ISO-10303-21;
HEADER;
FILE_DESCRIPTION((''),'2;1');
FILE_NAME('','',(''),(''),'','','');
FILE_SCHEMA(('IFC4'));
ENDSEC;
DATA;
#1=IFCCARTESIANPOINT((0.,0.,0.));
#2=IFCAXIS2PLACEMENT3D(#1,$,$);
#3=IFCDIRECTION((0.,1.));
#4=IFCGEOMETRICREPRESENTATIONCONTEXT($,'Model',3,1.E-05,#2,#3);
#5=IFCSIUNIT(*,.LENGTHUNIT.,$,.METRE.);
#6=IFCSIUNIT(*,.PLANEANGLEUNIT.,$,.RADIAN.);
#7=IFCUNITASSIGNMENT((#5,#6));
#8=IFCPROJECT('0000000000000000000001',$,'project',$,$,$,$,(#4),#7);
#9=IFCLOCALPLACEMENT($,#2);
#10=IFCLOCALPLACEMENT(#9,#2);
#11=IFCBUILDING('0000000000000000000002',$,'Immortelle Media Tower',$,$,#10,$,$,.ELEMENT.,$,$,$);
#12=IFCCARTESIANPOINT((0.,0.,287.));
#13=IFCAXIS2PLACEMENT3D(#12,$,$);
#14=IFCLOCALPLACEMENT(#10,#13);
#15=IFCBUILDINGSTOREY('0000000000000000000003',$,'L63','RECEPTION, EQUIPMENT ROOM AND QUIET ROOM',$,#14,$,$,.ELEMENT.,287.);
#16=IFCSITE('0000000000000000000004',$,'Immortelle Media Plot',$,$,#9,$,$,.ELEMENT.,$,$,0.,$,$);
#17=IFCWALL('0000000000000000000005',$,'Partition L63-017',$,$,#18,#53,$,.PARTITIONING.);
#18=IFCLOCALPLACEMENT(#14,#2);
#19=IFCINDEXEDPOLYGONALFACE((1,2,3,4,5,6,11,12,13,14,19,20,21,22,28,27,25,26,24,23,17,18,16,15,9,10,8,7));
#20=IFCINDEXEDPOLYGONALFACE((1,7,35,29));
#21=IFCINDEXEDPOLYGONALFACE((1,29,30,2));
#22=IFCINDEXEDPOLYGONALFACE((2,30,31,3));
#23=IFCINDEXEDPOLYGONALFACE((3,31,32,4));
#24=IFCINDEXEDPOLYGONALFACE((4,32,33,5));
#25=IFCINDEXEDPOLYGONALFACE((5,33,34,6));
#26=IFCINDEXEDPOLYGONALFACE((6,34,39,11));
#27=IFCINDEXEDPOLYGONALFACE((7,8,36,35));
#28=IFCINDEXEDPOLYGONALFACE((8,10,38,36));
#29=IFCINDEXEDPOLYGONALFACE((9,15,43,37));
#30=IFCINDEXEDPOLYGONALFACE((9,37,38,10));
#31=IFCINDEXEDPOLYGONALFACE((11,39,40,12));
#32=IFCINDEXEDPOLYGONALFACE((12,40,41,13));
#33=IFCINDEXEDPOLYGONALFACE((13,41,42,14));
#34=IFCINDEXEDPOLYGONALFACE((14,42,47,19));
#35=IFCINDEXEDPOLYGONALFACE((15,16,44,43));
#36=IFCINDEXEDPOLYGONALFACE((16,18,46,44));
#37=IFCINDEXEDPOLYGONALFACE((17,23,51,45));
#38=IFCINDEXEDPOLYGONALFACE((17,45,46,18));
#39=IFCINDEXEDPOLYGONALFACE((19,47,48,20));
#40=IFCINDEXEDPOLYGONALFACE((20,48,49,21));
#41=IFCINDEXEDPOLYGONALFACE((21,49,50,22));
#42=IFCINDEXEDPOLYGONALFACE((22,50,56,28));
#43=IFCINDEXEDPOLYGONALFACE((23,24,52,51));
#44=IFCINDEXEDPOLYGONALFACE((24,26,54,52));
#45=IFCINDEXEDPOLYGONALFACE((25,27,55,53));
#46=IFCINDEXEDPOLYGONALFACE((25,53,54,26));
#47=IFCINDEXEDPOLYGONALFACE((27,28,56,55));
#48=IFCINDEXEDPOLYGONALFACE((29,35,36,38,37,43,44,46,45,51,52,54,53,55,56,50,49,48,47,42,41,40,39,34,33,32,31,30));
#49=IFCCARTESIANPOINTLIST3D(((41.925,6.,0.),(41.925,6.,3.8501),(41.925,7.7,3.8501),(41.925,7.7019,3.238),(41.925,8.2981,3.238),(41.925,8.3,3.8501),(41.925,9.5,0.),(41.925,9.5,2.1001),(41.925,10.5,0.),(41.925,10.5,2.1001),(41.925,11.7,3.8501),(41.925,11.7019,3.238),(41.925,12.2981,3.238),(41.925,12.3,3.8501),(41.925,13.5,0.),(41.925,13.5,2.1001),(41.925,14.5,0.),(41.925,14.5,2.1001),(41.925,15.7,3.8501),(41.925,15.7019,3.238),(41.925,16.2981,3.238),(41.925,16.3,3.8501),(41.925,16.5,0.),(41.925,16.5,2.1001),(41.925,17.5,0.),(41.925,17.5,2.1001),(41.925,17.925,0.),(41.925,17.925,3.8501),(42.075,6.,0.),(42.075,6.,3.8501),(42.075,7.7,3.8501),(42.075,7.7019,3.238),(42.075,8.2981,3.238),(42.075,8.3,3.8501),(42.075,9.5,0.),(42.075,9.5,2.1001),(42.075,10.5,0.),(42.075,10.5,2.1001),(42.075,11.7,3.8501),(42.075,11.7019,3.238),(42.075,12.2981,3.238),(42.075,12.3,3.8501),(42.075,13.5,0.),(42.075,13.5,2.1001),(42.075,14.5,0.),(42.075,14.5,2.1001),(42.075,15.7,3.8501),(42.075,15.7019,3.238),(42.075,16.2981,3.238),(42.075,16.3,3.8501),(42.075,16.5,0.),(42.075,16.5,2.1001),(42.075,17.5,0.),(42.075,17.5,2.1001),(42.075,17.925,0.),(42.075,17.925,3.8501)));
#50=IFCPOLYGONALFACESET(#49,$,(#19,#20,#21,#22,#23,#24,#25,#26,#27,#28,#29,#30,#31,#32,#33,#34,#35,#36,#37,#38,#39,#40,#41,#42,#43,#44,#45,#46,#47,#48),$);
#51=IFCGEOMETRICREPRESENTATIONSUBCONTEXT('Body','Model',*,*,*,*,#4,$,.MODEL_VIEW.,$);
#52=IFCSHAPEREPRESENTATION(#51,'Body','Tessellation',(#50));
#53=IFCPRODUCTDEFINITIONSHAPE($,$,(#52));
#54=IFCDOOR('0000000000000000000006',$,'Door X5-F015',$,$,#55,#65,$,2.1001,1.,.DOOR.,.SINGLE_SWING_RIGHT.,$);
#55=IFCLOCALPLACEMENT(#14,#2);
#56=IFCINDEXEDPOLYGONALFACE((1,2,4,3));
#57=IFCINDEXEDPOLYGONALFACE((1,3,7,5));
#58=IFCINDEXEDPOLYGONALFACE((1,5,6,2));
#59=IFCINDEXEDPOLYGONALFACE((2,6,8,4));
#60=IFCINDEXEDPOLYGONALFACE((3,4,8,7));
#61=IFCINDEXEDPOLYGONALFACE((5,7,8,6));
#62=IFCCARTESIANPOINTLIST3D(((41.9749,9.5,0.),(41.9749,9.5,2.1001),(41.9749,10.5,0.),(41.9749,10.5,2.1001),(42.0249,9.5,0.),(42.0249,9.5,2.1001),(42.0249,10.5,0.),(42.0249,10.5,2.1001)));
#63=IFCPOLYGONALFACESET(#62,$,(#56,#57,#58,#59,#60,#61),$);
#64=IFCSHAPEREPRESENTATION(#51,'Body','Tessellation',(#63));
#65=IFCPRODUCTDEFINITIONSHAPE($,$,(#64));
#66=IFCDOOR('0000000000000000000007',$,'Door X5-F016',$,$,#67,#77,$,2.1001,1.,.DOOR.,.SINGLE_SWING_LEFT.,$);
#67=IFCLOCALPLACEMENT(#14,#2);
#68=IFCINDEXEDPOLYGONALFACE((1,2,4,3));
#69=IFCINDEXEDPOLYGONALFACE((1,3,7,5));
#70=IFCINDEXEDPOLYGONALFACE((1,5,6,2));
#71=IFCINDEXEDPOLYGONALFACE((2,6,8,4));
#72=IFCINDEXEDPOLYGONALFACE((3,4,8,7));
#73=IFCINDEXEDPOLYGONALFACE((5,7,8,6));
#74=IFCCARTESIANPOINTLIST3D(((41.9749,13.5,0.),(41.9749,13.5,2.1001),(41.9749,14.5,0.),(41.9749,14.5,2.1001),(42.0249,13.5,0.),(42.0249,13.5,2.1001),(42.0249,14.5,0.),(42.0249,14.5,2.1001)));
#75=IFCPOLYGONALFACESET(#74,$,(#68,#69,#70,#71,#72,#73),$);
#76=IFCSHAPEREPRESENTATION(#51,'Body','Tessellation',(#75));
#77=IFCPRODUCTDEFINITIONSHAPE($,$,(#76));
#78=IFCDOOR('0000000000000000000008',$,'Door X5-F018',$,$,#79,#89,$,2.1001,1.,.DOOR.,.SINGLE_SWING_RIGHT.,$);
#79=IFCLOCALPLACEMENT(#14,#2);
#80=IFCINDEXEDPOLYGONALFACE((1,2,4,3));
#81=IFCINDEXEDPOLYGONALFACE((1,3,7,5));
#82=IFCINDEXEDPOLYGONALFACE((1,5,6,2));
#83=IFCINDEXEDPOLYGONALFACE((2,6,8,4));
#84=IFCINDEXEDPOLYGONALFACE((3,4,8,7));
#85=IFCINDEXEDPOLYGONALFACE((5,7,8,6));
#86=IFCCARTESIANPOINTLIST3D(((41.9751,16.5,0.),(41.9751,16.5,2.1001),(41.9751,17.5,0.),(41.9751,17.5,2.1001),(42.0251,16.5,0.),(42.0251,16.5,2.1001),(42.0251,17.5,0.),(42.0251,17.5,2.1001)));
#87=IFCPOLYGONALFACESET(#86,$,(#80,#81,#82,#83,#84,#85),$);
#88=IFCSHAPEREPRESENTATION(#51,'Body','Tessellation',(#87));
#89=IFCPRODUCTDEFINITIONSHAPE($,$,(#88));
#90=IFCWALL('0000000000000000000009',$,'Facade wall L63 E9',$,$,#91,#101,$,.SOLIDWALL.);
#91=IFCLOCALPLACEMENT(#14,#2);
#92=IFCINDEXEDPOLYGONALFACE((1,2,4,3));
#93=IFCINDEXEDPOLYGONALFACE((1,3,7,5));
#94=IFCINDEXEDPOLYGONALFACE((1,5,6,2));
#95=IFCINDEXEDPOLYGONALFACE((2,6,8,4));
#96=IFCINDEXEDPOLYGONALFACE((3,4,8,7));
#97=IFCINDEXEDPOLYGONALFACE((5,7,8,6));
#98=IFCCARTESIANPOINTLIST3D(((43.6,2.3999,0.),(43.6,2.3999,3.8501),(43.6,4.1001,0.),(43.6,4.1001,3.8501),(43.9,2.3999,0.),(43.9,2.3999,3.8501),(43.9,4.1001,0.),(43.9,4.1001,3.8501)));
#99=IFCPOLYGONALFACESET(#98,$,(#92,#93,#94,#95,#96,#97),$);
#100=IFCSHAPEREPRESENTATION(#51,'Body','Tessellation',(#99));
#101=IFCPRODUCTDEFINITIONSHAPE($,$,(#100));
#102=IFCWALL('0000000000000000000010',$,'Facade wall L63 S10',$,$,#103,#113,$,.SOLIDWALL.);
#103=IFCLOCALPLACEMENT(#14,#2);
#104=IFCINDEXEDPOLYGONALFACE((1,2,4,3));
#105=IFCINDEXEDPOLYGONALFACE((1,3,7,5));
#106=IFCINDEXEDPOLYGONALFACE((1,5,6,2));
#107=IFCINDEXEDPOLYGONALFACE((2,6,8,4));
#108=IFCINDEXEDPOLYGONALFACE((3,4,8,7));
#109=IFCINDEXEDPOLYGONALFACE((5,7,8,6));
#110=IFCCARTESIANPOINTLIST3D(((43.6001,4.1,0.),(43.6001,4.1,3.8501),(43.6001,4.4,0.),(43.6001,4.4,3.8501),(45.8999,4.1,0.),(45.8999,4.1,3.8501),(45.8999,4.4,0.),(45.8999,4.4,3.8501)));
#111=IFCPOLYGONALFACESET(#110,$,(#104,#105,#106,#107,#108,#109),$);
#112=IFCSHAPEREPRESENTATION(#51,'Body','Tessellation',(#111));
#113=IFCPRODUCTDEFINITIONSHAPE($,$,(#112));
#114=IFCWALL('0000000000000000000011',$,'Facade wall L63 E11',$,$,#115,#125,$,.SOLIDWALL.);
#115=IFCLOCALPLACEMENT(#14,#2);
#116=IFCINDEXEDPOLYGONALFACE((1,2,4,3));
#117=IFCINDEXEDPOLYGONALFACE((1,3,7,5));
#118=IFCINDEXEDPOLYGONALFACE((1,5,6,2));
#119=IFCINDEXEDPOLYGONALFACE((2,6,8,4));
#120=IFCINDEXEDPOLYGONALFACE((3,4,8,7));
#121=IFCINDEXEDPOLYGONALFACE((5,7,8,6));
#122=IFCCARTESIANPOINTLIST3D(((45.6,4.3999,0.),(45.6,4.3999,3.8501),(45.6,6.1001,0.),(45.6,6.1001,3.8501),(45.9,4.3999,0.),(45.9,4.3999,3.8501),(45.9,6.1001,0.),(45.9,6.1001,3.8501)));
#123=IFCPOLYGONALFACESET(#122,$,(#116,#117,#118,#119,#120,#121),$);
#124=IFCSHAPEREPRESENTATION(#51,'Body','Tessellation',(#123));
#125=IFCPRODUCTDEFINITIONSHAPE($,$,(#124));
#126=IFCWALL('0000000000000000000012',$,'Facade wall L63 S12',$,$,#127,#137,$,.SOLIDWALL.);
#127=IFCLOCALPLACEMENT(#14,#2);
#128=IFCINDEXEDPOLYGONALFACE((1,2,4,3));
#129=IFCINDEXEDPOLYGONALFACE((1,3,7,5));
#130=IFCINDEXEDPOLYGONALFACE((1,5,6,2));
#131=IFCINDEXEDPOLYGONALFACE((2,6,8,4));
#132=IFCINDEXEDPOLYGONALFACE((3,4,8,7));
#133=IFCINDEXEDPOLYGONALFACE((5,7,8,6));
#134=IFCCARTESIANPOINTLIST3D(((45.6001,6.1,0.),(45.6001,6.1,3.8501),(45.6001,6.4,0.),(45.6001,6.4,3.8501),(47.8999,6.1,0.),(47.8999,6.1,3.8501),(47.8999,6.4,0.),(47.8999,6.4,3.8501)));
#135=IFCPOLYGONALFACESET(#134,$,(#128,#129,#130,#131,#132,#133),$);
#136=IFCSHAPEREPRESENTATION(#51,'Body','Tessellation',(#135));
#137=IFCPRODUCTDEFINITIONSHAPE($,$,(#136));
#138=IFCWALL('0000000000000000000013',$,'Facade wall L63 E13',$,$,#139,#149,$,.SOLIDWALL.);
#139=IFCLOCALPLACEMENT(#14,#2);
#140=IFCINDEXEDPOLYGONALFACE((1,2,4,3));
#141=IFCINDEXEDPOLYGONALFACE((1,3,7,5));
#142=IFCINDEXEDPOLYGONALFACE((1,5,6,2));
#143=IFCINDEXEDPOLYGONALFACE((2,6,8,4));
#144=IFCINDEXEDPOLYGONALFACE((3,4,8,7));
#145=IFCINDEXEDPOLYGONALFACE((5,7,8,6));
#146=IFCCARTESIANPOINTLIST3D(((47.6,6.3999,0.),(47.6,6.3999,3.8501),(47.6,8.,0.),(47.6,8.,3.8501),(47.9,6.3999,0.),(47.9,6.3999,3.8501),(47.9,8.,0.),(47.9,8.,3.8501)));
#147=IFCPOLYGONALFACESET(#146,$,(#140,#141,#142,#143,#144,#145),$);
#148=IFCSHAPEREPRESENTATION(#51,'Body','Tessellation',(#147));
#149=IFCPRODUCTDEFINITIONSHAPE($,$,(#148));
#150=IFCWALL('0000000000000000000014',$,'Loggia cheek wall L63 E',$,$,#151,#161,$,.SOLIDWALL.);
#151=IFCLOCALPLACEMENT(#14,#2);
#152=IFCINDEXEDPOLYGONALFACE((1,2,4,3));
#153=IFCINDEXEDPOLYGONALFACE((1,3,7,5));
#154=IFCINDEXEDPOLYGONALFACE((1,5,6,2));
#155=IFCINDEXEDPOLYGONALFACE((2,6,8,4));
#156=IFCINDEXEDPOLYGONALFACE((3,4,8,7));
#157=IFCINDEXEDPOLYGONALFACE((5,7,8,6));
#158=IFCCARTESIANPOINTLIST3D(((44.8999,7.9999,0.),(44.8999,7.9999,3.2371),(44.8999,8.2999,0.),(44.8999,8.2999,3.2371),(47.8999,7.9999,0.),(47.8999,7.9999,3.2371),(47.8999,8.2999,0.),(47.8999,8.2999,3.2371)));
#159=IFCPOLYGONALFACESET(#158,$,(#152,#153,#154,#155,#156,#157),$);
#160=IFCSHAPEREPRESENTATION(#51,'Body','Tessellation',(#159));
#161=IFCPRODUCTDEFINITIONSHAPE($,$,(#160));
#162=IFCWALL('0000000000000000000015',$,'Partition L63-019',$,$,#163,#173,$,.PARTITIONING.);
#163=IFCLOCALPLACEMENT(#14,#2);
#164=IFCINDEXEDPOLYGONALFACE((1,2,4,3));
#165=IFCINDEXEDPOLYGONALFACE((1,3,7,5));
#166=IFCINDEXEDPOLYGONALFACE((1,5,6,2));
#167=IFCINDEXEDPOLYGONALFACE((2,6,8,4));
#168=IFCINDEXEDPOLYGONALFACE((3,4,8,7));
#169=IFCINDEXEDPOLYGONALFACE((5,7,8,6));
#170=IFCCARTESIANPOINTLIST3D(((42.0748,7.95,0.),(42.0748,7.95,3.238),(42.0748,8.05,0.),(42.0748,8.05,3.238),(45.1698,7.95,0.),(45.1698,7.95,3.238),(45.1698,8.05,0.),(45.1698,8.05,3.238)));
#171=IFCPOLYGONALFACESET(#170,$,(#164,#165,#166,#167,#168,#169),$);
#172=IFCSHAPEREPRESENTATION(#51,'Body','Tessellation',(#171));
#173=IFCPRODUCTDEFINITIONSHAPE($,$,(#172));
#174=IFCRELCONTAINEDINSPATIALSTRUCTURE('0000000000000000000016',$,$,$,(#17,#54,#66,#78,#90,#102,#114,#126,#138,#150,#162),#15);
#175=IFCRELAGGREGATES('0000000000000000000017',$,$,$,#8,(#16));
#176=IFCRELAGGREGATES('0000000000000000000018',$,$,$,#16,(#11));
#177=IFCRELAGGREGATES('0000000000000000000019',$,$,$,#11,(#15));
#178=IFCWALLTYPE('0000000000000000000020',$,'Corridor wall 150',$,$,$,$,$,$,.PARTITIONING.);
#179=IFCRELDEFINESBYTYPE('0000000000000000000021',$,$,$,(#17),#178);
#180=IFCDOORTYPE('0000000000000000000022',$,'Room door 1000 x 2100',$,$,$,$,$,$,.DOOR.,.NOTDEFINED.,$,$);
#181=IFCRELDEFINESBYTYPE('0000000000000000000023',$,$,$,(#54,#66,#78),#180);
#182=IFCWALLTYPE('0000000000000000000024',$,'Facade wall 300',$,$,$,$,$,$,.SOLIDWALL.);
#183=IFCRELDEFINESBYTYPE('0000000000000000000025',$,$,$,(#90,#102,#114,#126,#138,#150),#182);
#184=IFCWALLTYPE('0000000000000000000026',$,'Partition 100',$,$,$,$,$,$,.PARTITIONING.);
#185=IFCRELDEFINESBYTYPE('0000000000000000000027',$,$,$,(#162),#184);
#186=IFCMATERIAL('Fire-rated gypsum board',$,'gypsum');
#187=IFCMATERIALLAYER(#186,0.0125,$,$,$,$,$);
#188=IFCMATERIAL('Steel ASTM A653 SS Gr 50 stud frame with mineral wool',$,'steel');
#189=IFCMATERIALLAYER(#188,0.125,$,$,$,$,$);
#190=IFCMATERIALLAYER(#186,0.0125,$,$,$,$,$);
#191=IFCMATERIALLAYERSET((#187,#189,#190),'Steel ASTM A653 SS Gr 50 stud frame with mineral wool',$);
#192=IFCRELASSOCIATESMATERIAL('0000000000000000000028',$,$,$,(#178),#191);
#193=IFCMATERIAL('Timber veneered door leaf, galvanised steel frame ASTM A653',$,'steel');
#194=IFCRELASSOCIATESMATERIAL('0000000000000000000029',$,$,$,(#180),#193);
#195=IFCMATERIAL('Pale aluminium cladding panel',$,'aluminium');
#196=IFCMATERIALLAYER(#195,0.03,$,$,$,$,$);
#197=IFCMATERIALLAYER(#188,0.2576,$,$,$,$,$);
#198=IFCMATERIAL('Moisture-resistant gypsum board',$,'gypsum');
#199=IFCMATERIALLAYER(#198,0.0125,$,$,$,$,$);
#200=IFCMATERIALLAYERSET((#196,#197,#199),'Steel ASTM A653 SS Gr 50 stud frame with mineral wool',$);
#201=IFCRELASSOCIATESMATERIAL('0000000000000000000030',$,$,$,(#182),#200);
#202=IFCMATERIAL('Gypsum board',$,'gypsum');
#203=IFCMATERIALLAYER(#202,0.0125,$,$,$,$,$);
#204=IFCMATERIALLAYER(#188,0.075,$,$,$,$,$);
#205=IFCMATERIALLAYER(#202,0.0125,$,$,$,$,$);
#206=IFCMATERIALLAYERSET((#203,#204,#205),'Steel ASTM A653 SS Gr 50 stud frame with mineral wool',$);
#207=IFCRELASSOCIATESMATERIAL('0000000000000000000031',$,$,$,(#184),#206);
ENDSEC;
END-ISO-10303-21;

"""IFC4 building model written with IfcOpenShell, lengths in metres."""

from ifc_helpers import new_model, si_unit, direction, frame, frame_2d, origin, place, context, subcontext, project, spatial, polyline, rectangle, outline, extrude, material, layer, layer_set, type_object, element, fill, save


model = new_model("IFC4")

# Units and contexts
model_context = context("Model", 3, precision=1e-05, world=origin(), true_north=direction((0.0, 1.0)))
body_context = subcontext(model_context, "Body", "Model", "MODEL_VIEW")
ifc_project = project(units=[si_unit("LENGTHUNIT", "METRE"), si_unit("PLANEANGLEUNIT", "RADIAN")], contexts=[model_context])

# Site, building, storey
site_placement = place(None, origin())
site = spatial("IfcSite", under=ifc_project, at=site_placement, Name="Immortelle Media Plot", CompositionType="ELEMENT", RefElevation=0.0)
building_placement = place(site_placement, origin())
building = spatial("IfcBuilding", under=site, at=building_placement, Name="Immortelle Media Tower", CompositionType="ELEMENT")
storey_placement = place(building_placement, frame((0.0, 0.0, 287.0)))
storey = spatial("IfcBuildingStorey", under=building, at=storey_placement, Name="L63", Description="RECEPTION, EQUIPMENT ROOM AND QUIET ROOM", CompositionType="ELEMENT", Elevation=287.0)

# Wall, openings, doors
ifc_material_1 = material(Name="Fire-rated gypsum board", Category="gypsum")
ifc_layer_1 = layer(ifc_material_1, 0.0125)
ifc_material_2 = material(Name="Steel ASTM A653 SS Gr 50 stud frame with mineral wool", Category="steel")
ifc_layer_2 = layer(ifc_material_2, 0.125)
ifc_layer_3 = layer(ifc_material_1, 0.0125)
ifc_layer_set_1 = layer_set([ifc_layer_1, ifc_layer_2, ifc_layer_3], Name="Steel ASTM A653 SS Gr 50 stud frame with mineral wool")
wall_type_1 = type_object("IfcWallType", Name="Corridor wall 150", PredefinedType="PARTITIONING", material=ifc_layer_set_1)
wall_1_placement = place(storey_placement, frame((42.0, 6.0, 0.0), z_axis=(0.0, 0.0, 1.0), x_axis=(0.0, 1.0, 0.0)))
wall_1 = element("IfcWall", 1, at=wall_1_placement, inside=storey, type_object=wall_type_1, Name="Partition L63-017", PredefinedType="PARTITIONING", context=body_context, shape_type="SweptSolid", body=[
    extrude(outline(polyline([(0.0, 0.0), (11.925, 0.0), (11.925, 3.8501), (10.3, 3.8501), (10.2981, 3.238), (9.7019, 3.238), (9.7, 3.8501), (6.3, 3.8501), (6.2981, 3.238), (5.7019, 3.238), (5.7, 3.8501), (2.3, 3.8501), (2.2981, 3.238), (1.7019, 3.238), (1.7, 3.8501), (0.0, 3.8501), (0.0, 0.0)])), frame((0.0, 0.075, 0.0), z_axis=(0.0, -1.0, 0.0), x_axis=(1.0, 0.0, 0.0)), (0.0, 0.0, 1.0), 0.1499),
])
opening_1_placement = place(wall_1_placement, frame((4.5, 0.0, 0.0), z_axis=(0.0, 0.0, 1.0), x_axis=(-1.0, 0.0, 0.0)))
opening_1 = element("IfcOpeningElement", 2, at=opening_1_placement, cuts=wall_1, PredefinedType="OPENING", context=body_context, shape_type="SweptSolid", body=[
    extrude(rectangle(XDim=1.0, YDim=2.1001, at=frame_2d((0.5, 1.05))), frame((0.0, 0.085, 0.0), z_axis=(0.0, -1.0, 0.0), x_axis=(1.0, 0.0, 0.0)), (0.0, 0.0, 1.0), 0.1699),
])
opening_2_placement = place(wall_1_placement, frame((8.5, 0.0, 0.0), z_axis=(0.0, 0.0, 1.0), x_axis=(-1.0, 0.0, 0.0)))
opening_2 = element("IfcOpeningElement", 3, at=opening_2_placement, cuts=wall_1, PredefinedType="OPENING", context=body_context, shape_type="SweptSolid", body=[
    extrude(rectangle(XDim=1.0, YDim=2.1001, at=frame_2d((0.5, 1.05))), frame((0.0, 0.085, 0.0), z_axis=(0.0, -1.0, 0.0), x_axis=(1.0, 0.0, 0.0)), (0.0, 0.0, 1.0), 0.1699),
])
opening_3_placement = place(wall_1_placement, frame((10.5, 0.0, 0.0)))
opening_3 = element("IfcOpeningElement", 4, at=opening_3_placement, cuts=wall_1, PredefinedType="OPENING", context=body_context, shape_type="SweptSolid", body=[
    extrude(rectangle(XDim=1.0, YDim=2.1001, at=frame_2d((0.5, 1.05))), frame((0.0, 0.085, 0.0), z_axis=(0.0, -1.0, 0.0), x_axis=(1.0, 0.0, 0.0)), (0.0, 0.0, 1.0), 0.1699),
])
ifc_material_3 = material(Name="Timber veneered door leaf, galvanised steel frame ASTM A653", Category="steel")
door_type_1 = type_object("IfcDoorType", Name="Room door 1000 x 2100", OperationType="NOTDEFINED", PredefinedType="DOOR", material=ifc_material_3)
door_1_placement = place(opening_1_placement, origin())
door_1 = element("IfcDoor", 5, at=door_1_placement, inside=storey, type_object=door_type_1, Name="Door X5-F015", OperationType="SINGLE_SWING_RIGHT", OverallHeight=2.1001, OverallWidth=1.0, PredefinedType="DOOR", context=body_context, shape_type="SweptSolid", body=[
    extrude(rectangle(XDim=1.0, YDim=2.1001, at=frame_2d((0.5, 1.05))), frame((0.0, 0.0249, 0.0), z_axis=(0.0, -1.0, 0.0), x_axis=(1.0, 0.0, 0.0)), (0.0, 0.0, 1.0), 0.05),
])
fill(opening_1, door_1)
door_2_placement = place(opening_2_placement, origin())
door_2 = element("IfcDoor", 6, at=door_2_placement, inside=storey, type_object=door_type_1, Name="Door X5-F016", OperationType="SINGLE_SWING_LEFT", OverallHeight=2.1001, OverallWidth=1.0, PredefinedType="DOOR", context=body_context, shape_type="SweptSolid", body=[
    extrude(rectangle(XDim=1.0, YDim=2.1001, at=frame_2d((0.5, 1.05))), frame((0.0, 0.0249, 0.0), z_axis=(0.0, -1.0, 0.0), x_axis=(1.0, 0.0, 0.0)), (0.0, 0.0, 1.0), 0.05),
])
fill(opening_2, door_2)
door_3_placement = place(opening_3_placement, origin())
door_3 = element("IfcDoor", 7, at=door_3_placement, inside=storey, type_object=door_type_1, Name="Door X5-F018", OperationType="SINGLE_SWING_RIGHT", OverallHeight=2.1001, OverallWidth=1.0, PredefinedType="DOOR", context=body_context, shape_type="SweptSolid", body=[
    extrude(rectangle(XDim=1.0, YDim=2.1001, at=frame_2d((0.5, 1.05))), frame((0.0, 0.0249, 0.0), z_axis=(0.0, -1.0, 0.0), x_axis=(1.0, 0.0, 0.0)), (0.0, 0.0, 1.0), 0.05),
])
fill(opening_3, door_3)

# Walls
ifc_material_4 = material(Name="Pale aluminium cladding panel", Category="aluminium")
ifc_layer_4 = layer(ifc_material_4, 0.03)
ifc_layer_5 = layer(ifc_material_2, 0.2576)
ifc_material_5 = material(Name="Moisture-resistant gypsum board", Category="gypsum")
ifc_layer_6 = layer(ifc_material_5, 0.0125)
ifc_layer_set_2 = layer_set([ifc_layer_4, ifc_layer_5, ifc_layer_6], Name="Steel ASTM A653 SS Gr 50 stud frame with mineral wool")
wall_type_2 = type_object("IfcWallType", Name="Facade wall 300", PredefinedType="SOLIDWALL", material=ifc_layer_set_2)
wall_2_placement = place(storey_placement, frame((43.75, 2.3999, 0.0), z_axis=(0.0, 0.0, 1.0), x_axis=(0.0, 1.0, 0.0)))
element("IfcWall", 8, at=wall_2_placement, inside=storey, type_object=wall_type_2, Name="Facade wall L63 E9", PredefinedType="SOLIDWALL", context=body_context, shape_type="SweptSolid", body=[
    extrude(rectangle(XDim=1.7002, YDim=0.3, at=frame_2d((0.8501, 0.0))), origin(), (0.0, 0.0, 1.0), 3.8501),
])
wall_3_placement = place(storey_placement, frame((43.6001, 4.25, 0.0), z_axis=(0.0, 0.0, 1.0), x_axis=(1.0, 0.0, 0.0)))
element("IfcWall", 9, at=wall_3_placement, inside=storey, type_object=wall_type_2, Name="Facade wall L63 S10", PredefinedType="SOLIDWALL", context=body_context, shape_type="SweptSolid", body=[
    extrude(rectangle(XDim=2.2998, YDim=0.3, at=frame_2d((1.1499, 0.0))), origin(), (0.0, 0.0, 1.0), 3.8501),
])
wall_4_placement = place(storey_placement, frame((45.75, 4.3999, 0.0), z_axis=(0.0, 0.0, 1.0), x_axis=(0.0, 1.0, 0.0)))
element("IfcWall", 10, at=wall_4_placement, inside=storey, type_object=wall_type_2, Name="Facade wall L63 E11", PredefinedType="SOLIDWALL", context=body_context, shape_type="SweptSolid", body=[
    extrude(rectangle(XDim=1.7002, YDim=0.3, at=frame_2d((0.8501, 0.0))), origin(), (0.0, 0.0, 1.0), 3.8501),
])
wall_5_placement = place(storey_placement, frame((45.6001, 6.25, 0.0), z_axis=(0.0, 0.0, 1.0), x_axis=(1.0, 0.0, 0.0)))
element("IfcWall", 11, at=wall_5_placement, inside=storey, type_object=wall_type_2, Name="Facade wall L63 S12", PredefinedType="SOLIDWALL", context=body_context, shape_type="SweptSolid", body=[
    extrude(rectangle(XDim=2.2998, YDim=0.3, at=frame_2d((1.1499, 0.0))), origin(), (0.0, 0.0, 1.0), 3.8501),
])
wall_6_placement = place(storey_placement, frame((47.75, 6.3999, 0.0), z_axis=(0.0, 0.0, 1.0), x_axis=(0.0, 1.0, 0.0)))
element("IfcWall", 12, at=wall_6_placement, inside=storey, type_object=wall_type_2, Name="Facade wall L63 E13", PredefinedType="SOLIDWALL", context=body_context, shape_type="SweptSolid", body=[
    extrude(rectangle(XDim=1.6001, YDim=0.3, at=frame_2d((0.8, 0.0))), origin(), (0.0, 0.0, 1.0), 3.8501),
])

# Walls
wall_7_placement = place(storey_placement, frame((47.8999, 8.1499, 0.0), z_axis=(0.0, 0.0, 1.0), x_axis=(-1.0, 0.0, 0.0)))
element("IfcWall", 13, at=wall_7_placement, inside=storey, type_object=wall_type_2, Name="Loggia cheek wall L63 E", PredefinedType="SOLIDWALL", context=body_context, shape_type="SweptSolid", body=[
    extrude(rectangle(XDim=3.0, YDim=0.3, at=frame_2d((1.5, 0.0))), origin(), (0.0, 0.0, 1.0), 3.2371),
])
ifc_material_6 = material(Name="Gypsum board", Category="gypsum")
ifc_layer_7 = layer(ifc_material_6, 0.0125)
ifc_layer_8 = layer(ifc_material_2, 0.075)
ifc_layer_9 = layer(ifc_material_6, 0.0125)
ifc_layer_set_3 = layer_set([ifc_layer_7, ifc_layer_8, ifc_layer_9], Name="Steel ASTM A653 SS Gr 50 stud frame with mineral wool")
wall_type_3 = type_object("IfcWallType", Name="Partition 100", PredefinedType="PARTITIONING", material=ifc_layer_set_3)
for number, where, z_axis, x_axis, name in (
    (14, (42.075, 8.0, 0.0), (0.0, 0.0, 1.0), (1.0, 0.0, 0.0), "Partition L63-019"),
):
    element("IfcWall", number, at=place(storey_placement, frame(where, z_axis=z_axis, x_axis=x_axis)), inside=storey, type_object=wall_type_3, Name=name, PredefinedType="PARTITIONING", context=body_context, shape_type="SweptSolid", body=[
        extrude(rectangle(XDim=3.095, YDim=0.1001, at=frame_2d((1.5474, 0.0))), origin(), (0.0, 0.0, 1.0), 3.238),
    ])

save(model, "model.ifc")
